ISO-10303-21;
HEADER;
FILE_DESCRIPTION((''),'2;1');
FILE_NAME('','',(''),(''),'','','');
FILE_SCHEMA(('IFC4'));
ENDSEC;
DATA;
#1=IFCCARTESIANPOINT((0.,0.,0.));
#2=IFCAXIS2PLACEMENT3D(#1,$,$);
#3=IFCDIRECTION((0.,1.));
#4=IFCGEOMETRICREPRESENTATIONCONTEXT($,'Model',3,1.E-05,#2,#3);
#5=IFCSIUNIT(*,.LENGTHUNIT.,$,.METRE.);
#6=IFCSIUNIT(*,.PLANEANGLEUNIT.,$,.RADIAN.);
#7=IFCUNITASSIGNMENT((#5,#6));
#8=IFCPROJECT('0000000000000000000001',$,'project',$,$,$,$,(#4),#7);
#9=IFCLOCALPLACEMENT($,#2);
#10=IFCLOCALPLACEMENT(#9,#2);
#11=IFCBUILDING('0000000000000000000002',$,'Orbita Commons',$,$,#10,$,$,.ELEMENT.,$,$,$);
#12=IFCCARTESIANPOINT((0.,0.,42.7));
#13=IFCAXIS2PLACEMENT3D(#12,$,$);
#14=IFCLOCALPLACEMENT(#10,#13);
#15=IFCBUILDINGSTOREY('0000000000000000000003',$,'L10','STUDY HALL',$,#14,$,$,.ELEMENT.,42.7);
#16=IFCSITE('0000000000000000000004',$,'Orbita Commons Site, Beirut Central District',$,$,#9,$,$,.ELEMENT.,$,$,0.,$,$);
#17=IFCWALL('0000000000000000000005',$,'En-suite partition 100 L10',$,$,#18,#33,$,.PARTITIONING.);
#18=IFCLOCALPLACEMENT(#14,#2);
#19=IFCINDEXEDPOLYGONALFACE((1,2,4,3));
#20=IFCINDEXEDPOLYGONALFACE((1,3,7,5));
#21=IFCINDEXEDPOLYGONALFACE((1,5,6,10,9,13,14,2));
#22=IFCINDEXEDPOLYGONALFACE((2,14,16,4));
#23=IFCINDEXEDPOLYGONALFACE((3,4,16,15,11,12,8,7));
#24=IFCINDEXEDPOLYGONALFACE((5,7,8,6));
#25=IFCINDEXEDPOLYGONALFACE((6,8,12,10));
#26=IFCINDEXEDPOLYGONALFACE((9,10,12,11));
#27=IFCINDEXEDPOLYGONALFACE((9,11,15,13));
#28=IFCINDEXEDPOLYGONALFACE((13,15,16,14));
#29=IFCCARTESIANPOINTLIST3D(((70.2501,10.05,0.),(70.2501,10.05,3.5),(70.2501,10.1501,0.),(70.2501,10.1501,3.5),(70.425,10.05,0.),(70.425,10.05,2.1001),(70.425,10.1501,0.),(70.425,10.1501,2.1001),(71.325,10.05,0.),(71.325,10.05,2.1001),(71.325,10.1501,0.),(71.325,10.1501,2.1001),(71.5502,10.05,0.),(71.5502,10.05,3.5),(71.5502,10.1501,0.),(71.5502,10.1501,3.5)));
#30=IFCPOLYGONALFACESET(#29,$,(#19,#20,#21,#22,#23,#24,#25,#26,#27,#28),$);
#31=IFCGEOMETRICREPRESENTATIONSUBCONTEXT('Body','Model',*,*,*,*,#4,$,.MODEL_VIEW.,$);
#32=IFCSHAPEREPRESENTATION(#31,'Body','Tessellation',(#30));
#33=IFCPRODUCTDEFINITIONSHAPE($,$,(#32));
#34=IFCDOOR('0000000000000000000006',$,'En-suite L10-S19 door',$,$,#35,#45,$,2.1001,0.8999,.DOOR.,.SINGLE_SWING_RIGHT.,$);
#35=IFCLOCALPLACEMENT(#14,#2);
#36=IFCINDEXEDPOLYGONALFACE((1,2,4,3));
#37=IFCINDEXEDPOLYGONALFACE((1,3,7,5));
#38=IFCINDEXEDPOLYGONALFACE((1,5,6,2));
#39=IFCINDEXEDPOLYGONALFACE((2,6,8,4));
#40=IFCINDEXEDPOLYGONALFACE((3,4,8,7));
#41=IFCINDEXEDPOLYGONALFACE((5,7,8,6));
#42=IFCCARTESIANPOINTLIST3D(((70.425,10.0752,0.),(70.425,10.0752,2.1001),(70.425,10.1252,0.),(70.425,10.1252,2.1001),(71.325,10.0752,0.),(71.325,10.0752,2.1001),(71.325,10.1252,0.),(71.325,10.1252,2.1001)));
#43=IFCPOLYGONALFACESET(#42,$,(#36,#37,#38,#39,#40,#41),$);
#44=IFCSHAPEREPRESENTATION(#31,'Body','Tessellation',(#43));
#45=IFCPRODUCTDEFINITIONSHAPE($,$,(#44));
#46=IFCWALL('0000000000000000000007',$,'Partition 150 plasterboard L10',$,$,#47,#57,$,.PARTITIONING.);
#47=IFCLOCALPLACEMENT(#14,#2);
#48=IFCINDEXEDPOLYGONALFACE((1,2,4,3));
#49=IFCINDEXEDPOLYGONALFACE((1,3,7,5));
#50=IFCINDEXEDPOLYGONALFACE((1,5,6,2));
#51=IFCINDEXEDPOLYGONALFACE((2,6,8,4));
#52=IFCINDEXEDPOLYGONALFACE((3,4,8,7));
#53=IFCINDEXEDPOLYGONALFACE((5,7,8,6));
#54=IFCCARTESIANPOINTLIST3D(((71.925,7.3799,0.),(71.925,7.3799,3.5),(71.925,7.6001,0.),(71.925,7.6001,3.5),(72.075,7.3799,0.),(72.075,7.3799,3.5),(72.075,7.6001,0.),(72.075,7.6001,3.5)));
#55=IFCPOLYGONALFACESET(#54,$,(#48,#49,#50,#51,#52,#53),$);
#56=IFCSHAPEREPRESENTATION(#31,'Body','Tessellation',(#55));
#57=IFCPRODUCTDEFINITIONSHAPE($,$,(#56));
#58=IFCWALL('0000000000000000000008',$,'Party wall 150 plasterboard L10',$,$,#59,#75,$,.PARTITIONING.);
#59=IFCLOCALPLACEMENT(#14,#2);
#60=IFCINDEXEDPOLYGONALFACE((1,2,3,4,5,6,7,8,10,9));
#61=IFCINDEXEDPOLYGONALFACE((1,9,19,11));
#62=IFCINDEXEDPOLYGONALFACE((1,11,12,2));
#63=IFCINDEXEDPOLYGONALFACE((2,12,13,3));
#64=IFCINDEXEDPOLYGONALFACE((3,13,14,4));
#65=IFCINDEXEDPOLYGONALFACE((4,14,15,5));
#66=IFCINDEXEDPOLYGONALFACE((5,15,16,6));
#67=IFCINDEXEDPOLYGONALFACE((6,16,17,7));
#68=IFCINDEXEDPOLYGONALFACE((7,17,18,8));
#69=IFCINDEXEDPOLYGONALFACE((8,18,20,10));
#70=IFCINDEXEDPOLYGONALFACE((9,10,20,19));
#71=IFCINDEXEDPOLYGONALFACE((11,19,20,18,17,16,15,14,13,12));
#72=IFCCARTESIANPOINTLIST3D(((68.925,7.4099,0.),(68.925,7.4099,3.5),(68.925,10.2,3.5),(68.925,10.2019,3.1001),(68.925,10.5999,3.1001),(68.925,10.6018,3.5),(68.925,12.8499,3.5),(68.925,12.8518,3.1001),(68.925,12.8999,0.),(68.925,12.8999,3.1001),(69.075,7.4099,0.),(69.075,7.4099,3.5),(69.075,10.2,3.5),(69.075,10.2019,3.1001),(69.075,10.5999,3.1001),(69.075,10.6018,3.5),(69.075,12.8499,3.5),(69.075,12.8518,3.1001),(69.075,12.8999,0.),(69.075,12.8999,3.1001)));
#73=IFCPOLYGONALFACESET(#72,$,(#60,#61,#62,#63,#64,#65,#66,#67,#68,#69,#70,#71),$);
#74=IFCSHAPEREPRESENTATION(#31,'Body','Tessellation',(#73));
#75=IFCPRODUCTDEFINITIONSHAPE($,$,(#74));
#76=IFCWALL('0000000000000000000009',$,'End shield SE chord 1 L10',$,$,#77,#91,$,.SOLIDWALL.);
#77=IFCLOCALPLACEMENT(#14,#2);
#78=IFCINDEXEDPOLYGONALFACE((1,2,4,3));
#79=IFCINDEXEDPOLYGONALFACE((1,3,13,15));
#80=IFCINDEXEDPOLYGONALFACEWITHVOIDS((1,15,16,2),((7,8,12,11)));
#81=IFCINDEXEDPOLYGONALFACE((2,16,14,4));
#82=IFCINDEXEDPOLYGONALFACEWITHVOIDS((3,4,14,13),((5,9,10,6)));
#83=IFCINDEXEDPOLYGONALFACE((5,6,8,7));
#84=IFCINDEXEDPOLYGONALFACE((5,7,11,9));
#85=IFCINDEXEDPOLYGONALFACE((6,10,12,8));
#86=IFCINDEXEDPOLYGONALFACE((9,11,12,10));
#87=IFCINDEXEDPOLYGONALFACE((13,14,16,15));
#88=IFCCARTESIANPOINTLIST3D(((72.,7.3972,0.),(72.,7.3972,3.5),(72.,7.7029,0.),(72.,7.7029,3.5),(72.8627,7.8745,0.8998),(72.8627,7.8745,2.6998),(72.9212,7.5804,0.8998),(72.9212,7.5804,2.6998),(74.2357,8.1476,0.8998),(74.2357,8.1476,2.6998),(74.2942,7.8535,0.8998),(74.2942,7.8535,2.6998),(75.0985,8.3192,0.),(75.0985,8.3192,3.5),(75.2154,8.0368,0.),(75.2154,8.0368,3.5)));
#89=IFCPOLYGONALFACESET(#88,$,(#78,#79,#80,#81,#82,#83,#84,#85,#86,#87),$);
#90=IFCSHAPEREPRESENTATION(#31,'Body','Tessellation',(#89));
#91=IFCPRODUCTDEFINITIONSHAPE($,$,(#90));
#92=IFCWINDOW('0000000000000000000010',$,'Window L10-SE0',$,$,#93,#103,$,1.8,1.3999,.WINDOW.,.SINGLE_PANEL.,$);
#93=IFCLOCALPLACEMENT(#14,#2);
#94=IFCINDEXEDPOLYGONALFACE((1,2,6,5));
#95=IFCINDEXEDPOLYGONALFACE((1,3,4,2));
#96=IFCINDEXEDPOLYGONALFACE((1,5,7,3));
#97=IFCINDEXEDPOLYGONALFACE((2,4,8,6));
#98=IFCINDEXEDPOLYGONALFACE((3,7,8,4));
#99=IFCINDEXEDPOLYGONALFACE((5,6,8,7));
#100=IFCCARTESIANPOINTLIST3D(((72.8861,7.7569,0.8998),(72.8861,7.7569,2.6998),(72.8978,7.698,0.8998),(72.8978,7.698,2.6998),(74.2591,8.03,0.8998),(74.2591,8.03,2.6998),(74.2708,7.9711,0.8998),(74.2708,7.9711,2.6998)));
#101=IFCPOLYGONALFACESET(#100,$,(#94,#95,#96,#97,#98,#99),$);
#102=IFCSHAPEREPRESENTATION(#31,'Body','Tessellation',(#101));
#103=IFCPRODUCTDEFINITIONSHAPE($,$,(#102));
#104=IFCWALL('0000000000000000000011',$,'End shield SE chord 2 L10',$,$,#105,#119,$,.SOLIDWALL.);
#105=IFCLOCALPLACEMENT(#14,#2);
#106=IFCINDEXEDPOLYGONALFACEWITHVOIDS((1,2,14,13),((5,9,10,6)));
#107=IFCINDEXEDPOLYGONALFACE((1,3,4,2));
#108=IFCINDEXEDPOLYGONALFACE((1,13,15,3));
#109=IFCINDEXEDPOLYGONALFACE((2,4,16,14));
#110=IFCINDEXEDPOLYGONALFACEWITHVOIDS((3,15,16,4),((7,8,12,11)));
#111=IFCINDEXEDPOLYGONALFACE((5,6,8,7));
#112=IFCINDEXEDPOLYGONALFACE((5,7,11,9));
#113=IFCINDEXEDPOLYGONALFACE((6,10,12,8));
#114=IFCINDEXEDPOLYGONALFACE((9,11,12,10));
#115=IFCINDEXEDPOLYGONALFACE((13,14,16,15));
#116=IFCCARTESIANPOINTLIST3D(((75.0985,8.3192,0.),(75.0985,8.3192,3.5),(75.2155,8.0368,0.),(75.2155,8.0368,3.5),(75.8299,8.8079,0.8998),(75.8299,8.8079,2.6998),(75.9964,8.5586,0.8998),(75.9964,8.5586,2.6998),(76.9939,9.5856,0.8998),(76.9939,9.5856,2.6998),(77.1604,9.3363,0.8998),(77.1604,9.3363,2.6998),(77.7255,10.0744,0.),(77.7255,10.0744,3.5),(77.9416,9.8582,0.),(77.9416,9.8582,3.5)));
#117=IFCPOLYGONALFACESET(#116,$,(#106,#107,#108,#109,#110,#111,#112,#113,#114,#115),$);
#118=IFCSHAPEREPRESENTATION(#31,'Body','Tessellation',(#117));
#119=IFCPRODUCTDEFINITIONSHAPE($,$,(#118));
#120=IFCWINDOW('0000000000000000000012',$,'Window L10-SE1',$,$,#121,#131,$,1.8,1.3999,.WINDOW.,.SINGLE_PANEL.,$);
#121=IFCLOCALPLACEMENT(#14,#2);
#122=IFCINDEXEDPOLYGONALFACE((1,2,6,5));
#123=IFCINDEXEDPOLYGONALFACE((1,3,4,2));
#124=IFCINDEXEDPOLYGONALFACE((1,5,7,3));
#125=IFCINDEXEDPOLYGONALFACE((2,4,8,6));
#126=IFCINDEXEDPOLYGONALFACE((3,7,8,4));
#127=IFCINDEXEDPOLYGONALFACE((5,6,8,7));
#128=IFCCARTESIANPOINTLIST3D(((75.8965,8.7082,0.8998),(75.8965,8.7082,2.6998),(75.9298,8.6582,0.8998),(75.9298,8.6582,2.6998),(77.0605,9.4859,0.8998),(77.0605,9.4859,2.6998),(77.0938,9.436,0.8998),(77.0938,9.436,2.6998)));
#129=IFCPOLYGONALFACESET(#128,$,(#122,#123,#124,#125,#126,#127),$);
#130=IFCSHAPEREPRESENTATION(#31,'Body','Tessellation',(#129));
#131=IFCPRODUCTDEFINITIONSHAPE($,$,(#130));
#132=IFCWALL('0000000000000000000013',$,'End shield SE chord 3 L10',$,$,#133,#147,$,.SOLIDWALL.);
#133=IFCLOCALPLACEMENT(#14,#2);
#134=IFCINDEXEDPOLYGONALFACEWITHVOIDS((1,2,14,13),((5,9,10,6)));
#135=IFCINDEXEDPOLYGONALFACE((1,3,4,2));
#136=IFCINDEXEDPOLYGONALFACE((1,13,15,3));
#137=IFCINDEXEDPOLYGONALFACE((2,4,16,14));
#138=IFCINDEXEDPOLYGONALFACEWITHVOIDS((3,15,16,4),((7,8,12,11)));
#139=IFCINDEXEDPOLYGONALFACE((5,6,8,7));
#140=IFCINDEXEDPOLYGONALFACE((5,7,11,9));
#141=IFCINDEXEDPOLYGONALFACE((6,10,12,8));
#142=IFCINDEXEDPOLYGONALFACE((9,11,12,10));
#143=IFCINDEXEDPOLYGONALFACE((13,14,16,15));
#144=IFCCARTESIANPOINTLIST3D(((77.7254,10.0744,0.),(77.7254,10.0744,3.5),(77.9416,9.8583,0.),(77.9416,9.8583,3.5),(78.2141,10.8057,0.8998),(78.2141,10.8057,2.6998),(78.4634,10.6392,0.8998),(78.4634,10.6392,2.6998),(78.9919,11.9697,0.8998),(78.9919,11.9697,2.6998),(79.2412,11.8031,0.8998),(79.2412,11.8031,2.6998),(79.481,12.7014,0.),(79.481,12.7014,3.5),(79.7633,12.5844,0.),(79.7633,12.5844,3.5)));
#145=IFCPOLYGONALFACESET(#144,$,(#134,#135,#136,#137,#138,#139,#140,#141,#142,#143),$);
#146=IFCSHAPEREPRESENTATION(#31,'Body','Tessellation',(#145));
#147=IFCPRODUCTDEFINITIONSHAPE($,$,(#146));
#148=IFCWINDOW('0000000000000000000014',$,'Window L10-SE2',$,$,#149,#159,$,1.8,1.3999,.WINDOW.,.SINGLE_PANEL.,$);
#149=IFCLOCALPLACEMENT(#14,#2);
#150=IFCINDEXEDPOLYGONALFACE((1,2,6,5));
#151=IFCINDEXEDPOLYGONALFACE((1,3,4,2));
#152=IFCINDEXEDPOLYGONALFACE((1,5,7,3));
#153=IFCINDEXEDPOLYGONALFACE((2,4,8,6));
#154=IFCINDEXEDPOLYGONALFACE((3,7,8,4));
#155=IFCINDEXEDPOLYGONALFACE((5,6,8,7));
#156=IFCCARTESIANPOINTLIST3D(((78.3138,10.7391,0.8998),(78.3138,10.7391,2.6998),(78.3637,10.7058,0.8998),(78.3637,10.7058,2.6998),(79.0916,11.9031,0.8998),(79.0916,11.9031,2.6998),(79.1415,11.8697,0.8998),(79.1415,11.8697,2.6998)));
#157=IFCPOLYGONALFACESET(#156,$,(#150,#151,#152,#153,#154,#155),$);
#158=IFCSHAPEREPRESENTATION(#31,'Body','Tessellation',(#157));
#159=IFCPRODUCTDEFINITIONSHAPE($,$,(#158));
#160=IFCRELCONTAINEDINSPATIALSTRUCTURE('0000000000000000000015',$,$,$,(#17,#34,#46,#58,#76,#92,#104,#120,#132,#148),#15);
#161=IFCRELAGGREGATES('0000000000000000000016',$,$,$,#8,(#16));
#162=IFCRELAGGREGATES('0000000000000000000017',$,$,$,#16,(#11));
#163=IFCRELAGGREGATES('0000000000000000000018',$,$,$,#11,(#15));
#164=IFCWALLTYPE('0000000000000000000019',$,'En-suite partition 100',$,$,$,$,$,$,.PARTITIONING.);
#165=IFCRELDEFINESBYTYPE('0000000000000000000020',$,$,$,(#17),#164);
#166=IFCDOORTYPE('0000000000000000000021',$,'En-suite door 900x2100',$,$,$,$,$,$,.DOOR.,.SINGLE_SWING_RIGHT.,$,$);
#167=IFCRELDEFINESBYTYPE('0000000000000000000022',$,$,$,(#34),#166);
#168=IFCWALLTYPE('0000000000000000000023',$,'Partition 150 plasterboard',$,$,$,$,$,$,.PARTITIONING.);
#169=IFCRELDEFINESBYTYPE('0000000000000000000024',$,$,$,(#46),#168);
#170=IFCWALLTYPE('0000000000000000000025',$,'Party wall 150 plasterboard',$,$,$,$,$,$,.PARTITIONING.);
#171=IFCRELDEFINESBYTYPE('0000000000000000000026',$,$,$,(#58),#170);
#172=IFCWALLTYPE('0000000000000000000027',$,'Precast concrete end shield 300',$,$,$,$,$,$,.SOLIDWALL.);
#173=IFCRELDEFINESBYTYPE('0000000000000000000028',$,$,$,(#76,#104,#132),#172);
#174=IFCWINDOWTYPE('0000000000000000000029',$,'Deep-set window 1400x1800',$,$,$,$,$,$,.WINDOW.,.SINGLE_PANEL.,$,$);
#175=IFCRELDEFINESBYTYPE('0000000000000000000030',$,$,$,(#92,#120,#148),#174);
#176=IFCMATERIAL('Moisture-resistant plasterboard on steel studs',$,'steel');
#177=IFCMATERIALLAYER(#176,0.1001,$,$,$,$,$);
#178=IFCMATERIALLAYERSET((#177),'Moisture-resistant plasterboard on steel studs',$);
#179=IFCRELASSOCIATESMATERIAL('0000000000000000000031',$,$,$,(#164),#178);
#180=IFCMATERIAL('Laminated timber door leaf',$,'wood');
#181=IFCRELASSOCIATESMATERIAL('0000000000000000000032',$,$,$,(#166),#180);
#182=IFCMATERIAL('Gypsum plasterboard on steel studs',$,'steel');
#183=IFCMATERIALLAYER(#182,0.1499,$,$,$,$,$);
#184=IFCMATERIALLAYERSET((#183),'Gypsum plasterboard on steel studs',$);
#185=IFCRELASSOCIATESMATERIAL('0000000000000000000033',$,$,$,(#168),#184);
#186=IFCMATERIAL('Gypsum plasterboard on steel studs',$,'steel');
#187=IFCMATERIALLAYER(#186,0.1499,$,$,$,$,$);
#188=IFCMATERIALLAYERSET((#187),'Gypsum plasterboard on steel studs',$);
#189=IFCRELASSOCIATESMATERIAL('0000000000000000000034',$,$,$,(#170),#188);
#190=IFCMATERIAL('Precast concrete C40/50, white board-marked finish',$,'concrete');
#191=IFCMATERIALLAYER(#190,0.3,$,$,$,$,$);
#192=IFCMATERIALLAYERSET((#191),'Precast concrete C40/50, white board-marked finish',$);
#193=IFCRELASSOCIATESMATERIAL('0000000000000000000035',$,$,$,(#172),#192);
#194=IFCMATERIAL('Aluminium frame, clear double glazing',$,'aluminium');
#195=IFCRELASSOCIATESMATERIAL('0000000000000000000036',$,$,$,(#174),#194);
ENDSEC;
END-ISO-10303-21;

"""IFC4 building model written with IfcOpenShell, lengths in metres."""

from ifc_helpers import new_model, si_unit, direction, frame, frame_2d, origin, place, context, subcontext, project, spatial, polyline, rectangle, outline, extrude, material, layer, layer_set, type_object, element, fill, save


model = new_model("IFC4")

# Units and contexts
model_context = context("Model", 3, precision=1e-05, world=origin(), true_north=direction((0.0, 1.0)))
body_context = subcontext(model_context, "Body", "Model", "MODEL_VIEW")
ifc_project = project(units=[si_unit("LENGTHUNIT", "METRE"), si_unit("PLANEANGLEUNIT", "RADIAN")], contexts=[model_context])

# Site, building, storey
site_placement = place(None, origin())
site = spatial("IfcSite", under=ifc_project, at=site_placement, Name="Orbita Commons Site, Beirut Central District", CompositionType="ELEMENT", RefElevation=0.0)
building_placement = place(site_placement, origin())
building = spatial("IfcBuilding", under=site, at=building_placement, Name="Orbita Commons", CompositionType="ELEMENT")
storey_placement = place(building_placement, frame((0.0, 0.0, 42.7)))
storey = spatial("IfcBuildingStorey", under=building, at=storey_placement, Name="L10", Description="STUDY HALL", CompositionType="ELEMENT", Elevation=42.7)

# Shared definitions
ifc_material_1 = material(Name="Moisture-resistant plasterboard on steel studs", Category="steel")
ifc_layer_1 = layer(ifc_material_1, 0.1001)
ifc_layer_set_1 = layer_set([ifc_layer_1], Name="Moisture-resistant plasterboard on steel studs")
wall_type_1 = type_object("IfcWallType", Name="En-suite partition 100", PredefinedType="PARTITIONING", material=ifc_layer_set_1)
ifc_material_2 = material(Name="Laminated timber door leaf", Category="wood")
door_type = type_object("IfcDoorType", Name="En-suite door 900x2100", OperationType="SINGLE_SWING_RIGHT", PredefinedType="DOOR", material=ifc_material_2)

# Wall, opening, door
wall_1_placement = place(storey_placement, frame((71.55, 10.1001, 0.0), z_axis=(0.0, 0.0, 1.0), x_axis=(-1.0, 0.0, 0.0)))
wall_1 = element("IfcWall", 1, at=wall_1_placement, inside=storey, type_object=wall_type_1, Name="En-suite partition 100 L10", PredefinedType="PARTITIONING", context=body_context, shape_type="SweptSolid", body=[
    extrude(rectangle(XDim=1.3, YDim=0.1001, at=frame_2d((0.6499, 0.0))), origin(), (0.0, 0.0, 1.0), 3.5),
])
opening_1_placement = place(wall_1_placement, frame((0.2251, 0.0, 0.0)))
opening_1 = element("IfcOpeningElement", 2, at=opening_1_placement, cuts=wall_1, PredefinedType="OPENING", context=body_context, shape_type="SweptSolid", body=[
    extrude(rectangle(XDim=0.8999, YDim=2.1001, at=frame_2d((0.45, 1.05))), frame((0.0, 0.0601, 0.0), z_axis=(0.0, -1.0, 0.0), x_axis=(1.0, 0.0, 0.0)), (0.0, 0.0, 1.0), 0.1201),
])
door_1_placement = place(opening_1_placement, origin())
door_1 = element("IfcDoor", 3, at=door_1_placement, inside=storey, type_object=door_type, Name="En-suite L10-S19 door", OperationType="SINGLE_SWING_RIGHT", OverallHeight=2.1001, OverallWidth=0.8999, PredefinedType="DOOR", context=body_context, shape_type="SweptSolid", body=[
    extrude(rectangle(XDim=0.8999, YDim=2.1001, at=frame_2d((0.45, 1.05))), frame((0.0, 0.0249, 0.0), z_axis=(0.0, -1.0, 0.0), x_axis=(1.0, 0.0, 0.0)), (0.0, 0.0, 1.0), 0.05),
])
fill(opening_1, door_1)

# Walls
ifc_material_3 = material(Name="Gypsum plasterboard on steel studs", Category="steel")
ifc_layer_2 = layer(ifc_material_3, 0.1499)
ifc_layer_set_2 = layer_set([ifc_layer_2], Name="Gypsum plasterboard on steel studs")
wall_type_2 = type_object("IfcWallType", Name="Partition 150 plasterboard", PredefinedType="PARTITIONING", material=ifc_layer_set_2)
wall_2_placement = place(storey_placement, frame((72.0, 7.6001, 0.0), z_axis=(0.0, 0.0, 1.0), x_axis=(0.0, -1.0, 0.0)))
element("IfcWall", 4, at=wall_2_placement, inside=storey, type_object=wall_type_2, Name="Partition 150 plasterboard L10", PredefinedType="PARTITIONING", context=body_context, shape_type="SweptSolid", body=[
    extrude(rectangle(XDim=0.2202, YDim=0.1499, at=frame_2d((0.1101, 0.0))), origin(), (0.0, 0.0, 1.0), 3.5),
])
ifc_material_4 = material(Name="Gypsum plasterboard on steel studs", Category="steel")
ifc_layer_3 = layer(ifc_material_4, 0.1499)
ifc_layer_set_3 = layer_set([ifc_layer_3], Name="Gypsum plasterboard on steel studs")
wall_type_3 = type_object("IfcWallType", Name="Party wall 150 plasterboard", PredefinedType="PARTITIONING", material=ifc_layer_set_3)
wall_3_placement = place(storey_placement, frame((69.0, 7.4099, 0.0), z_axis=(0.0, 0.0, 1.0), x_axis=(0.0, 1.0, 0.0)))
element("IfcWall", 5, at=wall_3_placement, inside=storey, type_object=wall_type_3, Name="Party wall 150 plasterboard L10", PredefinedType="PARTITIONING", context=body_context, shape_type="SweptSolid", body=[
    extrude(outline(polyline([(0.0, 0.0), (5.49, 0.0), (5.49, 3.1001), (5.4419, 3.1001), (5.4399, 3.5), (3.1919, 3.5), (3.1899, 3.1001), (2.792, 3.1001), (2.79, 3.5), (0.0, 3.5), (0.0, 0.0)])), frame((0.0, 0.075, 0.0), z_axis=(0.0, -1.0, 0.0), x_axis=(1.0, 0.0, 0.0)), (0.0, 0.0, 1.0), 0.1499),
])

# Walls, openings, windows
ifc_material_5 = material(Name="Precast concrete C40/50, white board-marked finish", Category="concrete")
ifc_layer_4 = layer(ifc_material_5, 0.3)
ifc_layer_set_4 = layer_set([ifc_layer_4], Name="Precast concrete C40/50, white board-marked finish")
wall_type_4 = type_object("IfcWallType", Name="Precast concrete end shield 300", PredefinedType="SOLIDWALL", material=ifc_layer_set_4)
wall_4_placement = place(storey_placement, frame((72.0, 7.55, 0.0), z_axis=(0.0, 0.0, 1.0), x_axis=(0.980787, 0.19508, 0.0)))
wall_4 = element("IfcWall", 6, at=wall_4_placement, inside=storey, type_object=wall_type_4, Name="End shield SE chord 1 L10", PredefinedType="SOLIDWALL", context=body_context, shape_type="SweptSolid", body=[
    extrude(outline(polyline([(-0.0298, -0.1499), (3.2485, -0.1499), (3.189, 0.1499), (0.0298, 0.1499), (-0.0298, -0.1499)])), origin(), (0.0, 0.0, 1.0), 3.5),
])
opening_2_placement = place(wall_4_placement, frame((0.9094, 0.0, 0.8999)))
opening_2 = element("IfcOpeningElement", 7, at=opening_2_placement, cuts=wall_4, PredefinedType="OPENING", context=body_context, shape_type="SweptSolid", body=[
    extrude(rectangle(XDim=1.3999, YDim=1.8, at=frame_2d((0.7, 0.8999))), frame((0.0, 0.1599, 0.0), z_axis=(0.0, -1.0, 0.0), x_axis=(1.0, 0.0, 0.0)), (0.0, 0.0, 1.0), 0.3201),
])
ifc_material_6 = material(Name="Aluminium frame, clear double glazing", Category="aluminium")
window_type = type_object("IfcWindowType", Name="Deep-set window 1400x1800", PartitioningType="SINGLE_PANEL", PredefinedType="WINDOW", material=ifc_material_6)
window_1_placement = place(opening_2_placement, origin())
window_1 = element("IfcWindow", 8, at=window_1_placement, inside=storey, type_object=window_type, Name="Window L10-SE0", OverallHeight=1.8, OverallWidth=1.3999, PartitioningType="SINGLE_PANEL", PredefinedType="WINDOW", context=body_context, shape_type="SweptSolid", body=[
    extrude(rectangle(XDim=1.3999, YDim=1.8, at=frame_2d((0.7, 0.8999))), frame((0.0, 0.03, 0.0), z_axis=(0.0, -1.0, 0.0), x_axis=(1.0, 0.0, 0.0)), (0.0, 0.0, 1.0), 0.0601),
])
fill(opening_2, window_1)
wall_5_placement = place(storey_placement, frame((75.157, 8.178, 0.0), z_axis=(0.0, 0.0, 1.0), x_axis=(0.831478, 0.555558, 0.0)))
wall_5 = element("IfcWall", 9, at=wall_5_placement, inside=storey, type_object=wall_type_4, Name="End shield SE chord 2 L10", PredefinedType="SOLIDWALL", context=body_context, shape_type="SweptSolid", body=[
    extrude(outline(polyline([(-0.0298, -0.1499), (3.2488, -0.1499), (3.1892, 0.1499), (0.0298, 0.1499), (-0.0298, -0.1499)])), origin(), (0.0, 0.0, 1.0), 3.5),
])
opening_3_placement = place(wall_5_placement, frame((0.9094, 0.0, 0.8999)))
opening_3 = element("IfcOpeningElement", 10, at=opening_3_placement, cuts=wall_5, PredefinedType="OPENING", context=body_context, shape_type="SweptSolid", body=[
    extrude(rectangle(XDim=1.3999, YDim=1.8, at=frame_2d((0.7, 0.8999))), frame((0.0, 0.1599, 0.0), z_axis=(0.0, -1.0, 0.0), x_axis=(1.0, 0.0, 0.0)), (0.0, 0.0, 1.0), 0.3201),
])
window_2_placement = place(opening_3_placement, origin())
window_2 = element("IfcWindow", 11, at=window_2_placement, inside=storey, type_object=window_type, Name="Window L10-SE1", OverallHeight=1.8, OverallWidth=1.3999, PartitioningType="SINGLE_PANEL", PredefinedType="WINDOW", context=body_context, shape_type="SweptSolid", body=[
    extrude(rectangle(XDim=1.3999, YDim=1.8, at=frame_2d((0.7, 0.8999))), frame((0.0, 0.03, 0.0), z_axis=(0.0, -1.0, 0.0), x_axis=(1.0, 0.0, 0.0)), (0.0, 0.0, 1.0), 0.0601),
])
fill(opening_3, window_2)
wall_6_placement = place(storey_placement, frame((77.8335, 9.9663, 0.0), z_axis=(0.0, 0.0, 1.0), x_axis=(0.55561, 0.831443, 0.0)))
wall_6 = element("IfcWall", 12, at=wall_6_placement, inside=storey, type_object=wall_type_4, Name="End shield SE chord 3 L10", PredefinedType="SOLIDWALL", context=body_context, shape_type="SweptSolid", body=[
    extrude(outline(polyline([(-0.0298, -0.1499), (3.249, -0.1499), (3.1895, 0.1499), (0.0298, 0.1499), (-0.0298, -0.1499)])), origin(), (0.0, 0.0, 1.0), 3.5),
])
opening_4_placement = place(wall_6_placement, frame((0.9094, 0.0, 0.8999)))
opening_4 = element("IfcOpeningElement", 13, at=opening_4_placement, cuts=wall_6, PredefinedType="OPENING", context=body_context, shape_type="SweptSolid", body=[
    extrude(rectangle(XDim=1.3999, YDim=1.8, at=frame_2d((0.7, 0.8999))), frame((0.0, 0.1599, 0.0), z_axis=(0.0, -1.0, 0.0), x_axis=(1.0, 0.0, 0.0)), (0.0, 0.0, 1.0), 0.3201),
])
window_3_placement = place(opening_4_placement, origin())
window_3 = element("IfcWindow", 14, at=window_3_placement, inside=storey, type_object=window_type, Name="Window L10-SE2", OverallHeight=1.8, OverallWidth=1.3999, PartitioningType="SINGLE_PANEL", PredefinedType="WINDOW", context=body_context, shape_type="SweptSolid", body=[
    extrude(rectangle(XDim=1.3999, YDim=1.8, at=frame_2d((0.7, 0.8999))), frame((0.0, 0.03, 0.0), z_axis=(0.0, -1.0, 0.0), x_axis=(1.0, 0.0, 0.0)), (0.0, 0.0, 1.0), 0.0601),
])
fill(opening_4, window_3)

save(model, "model.ifc")
